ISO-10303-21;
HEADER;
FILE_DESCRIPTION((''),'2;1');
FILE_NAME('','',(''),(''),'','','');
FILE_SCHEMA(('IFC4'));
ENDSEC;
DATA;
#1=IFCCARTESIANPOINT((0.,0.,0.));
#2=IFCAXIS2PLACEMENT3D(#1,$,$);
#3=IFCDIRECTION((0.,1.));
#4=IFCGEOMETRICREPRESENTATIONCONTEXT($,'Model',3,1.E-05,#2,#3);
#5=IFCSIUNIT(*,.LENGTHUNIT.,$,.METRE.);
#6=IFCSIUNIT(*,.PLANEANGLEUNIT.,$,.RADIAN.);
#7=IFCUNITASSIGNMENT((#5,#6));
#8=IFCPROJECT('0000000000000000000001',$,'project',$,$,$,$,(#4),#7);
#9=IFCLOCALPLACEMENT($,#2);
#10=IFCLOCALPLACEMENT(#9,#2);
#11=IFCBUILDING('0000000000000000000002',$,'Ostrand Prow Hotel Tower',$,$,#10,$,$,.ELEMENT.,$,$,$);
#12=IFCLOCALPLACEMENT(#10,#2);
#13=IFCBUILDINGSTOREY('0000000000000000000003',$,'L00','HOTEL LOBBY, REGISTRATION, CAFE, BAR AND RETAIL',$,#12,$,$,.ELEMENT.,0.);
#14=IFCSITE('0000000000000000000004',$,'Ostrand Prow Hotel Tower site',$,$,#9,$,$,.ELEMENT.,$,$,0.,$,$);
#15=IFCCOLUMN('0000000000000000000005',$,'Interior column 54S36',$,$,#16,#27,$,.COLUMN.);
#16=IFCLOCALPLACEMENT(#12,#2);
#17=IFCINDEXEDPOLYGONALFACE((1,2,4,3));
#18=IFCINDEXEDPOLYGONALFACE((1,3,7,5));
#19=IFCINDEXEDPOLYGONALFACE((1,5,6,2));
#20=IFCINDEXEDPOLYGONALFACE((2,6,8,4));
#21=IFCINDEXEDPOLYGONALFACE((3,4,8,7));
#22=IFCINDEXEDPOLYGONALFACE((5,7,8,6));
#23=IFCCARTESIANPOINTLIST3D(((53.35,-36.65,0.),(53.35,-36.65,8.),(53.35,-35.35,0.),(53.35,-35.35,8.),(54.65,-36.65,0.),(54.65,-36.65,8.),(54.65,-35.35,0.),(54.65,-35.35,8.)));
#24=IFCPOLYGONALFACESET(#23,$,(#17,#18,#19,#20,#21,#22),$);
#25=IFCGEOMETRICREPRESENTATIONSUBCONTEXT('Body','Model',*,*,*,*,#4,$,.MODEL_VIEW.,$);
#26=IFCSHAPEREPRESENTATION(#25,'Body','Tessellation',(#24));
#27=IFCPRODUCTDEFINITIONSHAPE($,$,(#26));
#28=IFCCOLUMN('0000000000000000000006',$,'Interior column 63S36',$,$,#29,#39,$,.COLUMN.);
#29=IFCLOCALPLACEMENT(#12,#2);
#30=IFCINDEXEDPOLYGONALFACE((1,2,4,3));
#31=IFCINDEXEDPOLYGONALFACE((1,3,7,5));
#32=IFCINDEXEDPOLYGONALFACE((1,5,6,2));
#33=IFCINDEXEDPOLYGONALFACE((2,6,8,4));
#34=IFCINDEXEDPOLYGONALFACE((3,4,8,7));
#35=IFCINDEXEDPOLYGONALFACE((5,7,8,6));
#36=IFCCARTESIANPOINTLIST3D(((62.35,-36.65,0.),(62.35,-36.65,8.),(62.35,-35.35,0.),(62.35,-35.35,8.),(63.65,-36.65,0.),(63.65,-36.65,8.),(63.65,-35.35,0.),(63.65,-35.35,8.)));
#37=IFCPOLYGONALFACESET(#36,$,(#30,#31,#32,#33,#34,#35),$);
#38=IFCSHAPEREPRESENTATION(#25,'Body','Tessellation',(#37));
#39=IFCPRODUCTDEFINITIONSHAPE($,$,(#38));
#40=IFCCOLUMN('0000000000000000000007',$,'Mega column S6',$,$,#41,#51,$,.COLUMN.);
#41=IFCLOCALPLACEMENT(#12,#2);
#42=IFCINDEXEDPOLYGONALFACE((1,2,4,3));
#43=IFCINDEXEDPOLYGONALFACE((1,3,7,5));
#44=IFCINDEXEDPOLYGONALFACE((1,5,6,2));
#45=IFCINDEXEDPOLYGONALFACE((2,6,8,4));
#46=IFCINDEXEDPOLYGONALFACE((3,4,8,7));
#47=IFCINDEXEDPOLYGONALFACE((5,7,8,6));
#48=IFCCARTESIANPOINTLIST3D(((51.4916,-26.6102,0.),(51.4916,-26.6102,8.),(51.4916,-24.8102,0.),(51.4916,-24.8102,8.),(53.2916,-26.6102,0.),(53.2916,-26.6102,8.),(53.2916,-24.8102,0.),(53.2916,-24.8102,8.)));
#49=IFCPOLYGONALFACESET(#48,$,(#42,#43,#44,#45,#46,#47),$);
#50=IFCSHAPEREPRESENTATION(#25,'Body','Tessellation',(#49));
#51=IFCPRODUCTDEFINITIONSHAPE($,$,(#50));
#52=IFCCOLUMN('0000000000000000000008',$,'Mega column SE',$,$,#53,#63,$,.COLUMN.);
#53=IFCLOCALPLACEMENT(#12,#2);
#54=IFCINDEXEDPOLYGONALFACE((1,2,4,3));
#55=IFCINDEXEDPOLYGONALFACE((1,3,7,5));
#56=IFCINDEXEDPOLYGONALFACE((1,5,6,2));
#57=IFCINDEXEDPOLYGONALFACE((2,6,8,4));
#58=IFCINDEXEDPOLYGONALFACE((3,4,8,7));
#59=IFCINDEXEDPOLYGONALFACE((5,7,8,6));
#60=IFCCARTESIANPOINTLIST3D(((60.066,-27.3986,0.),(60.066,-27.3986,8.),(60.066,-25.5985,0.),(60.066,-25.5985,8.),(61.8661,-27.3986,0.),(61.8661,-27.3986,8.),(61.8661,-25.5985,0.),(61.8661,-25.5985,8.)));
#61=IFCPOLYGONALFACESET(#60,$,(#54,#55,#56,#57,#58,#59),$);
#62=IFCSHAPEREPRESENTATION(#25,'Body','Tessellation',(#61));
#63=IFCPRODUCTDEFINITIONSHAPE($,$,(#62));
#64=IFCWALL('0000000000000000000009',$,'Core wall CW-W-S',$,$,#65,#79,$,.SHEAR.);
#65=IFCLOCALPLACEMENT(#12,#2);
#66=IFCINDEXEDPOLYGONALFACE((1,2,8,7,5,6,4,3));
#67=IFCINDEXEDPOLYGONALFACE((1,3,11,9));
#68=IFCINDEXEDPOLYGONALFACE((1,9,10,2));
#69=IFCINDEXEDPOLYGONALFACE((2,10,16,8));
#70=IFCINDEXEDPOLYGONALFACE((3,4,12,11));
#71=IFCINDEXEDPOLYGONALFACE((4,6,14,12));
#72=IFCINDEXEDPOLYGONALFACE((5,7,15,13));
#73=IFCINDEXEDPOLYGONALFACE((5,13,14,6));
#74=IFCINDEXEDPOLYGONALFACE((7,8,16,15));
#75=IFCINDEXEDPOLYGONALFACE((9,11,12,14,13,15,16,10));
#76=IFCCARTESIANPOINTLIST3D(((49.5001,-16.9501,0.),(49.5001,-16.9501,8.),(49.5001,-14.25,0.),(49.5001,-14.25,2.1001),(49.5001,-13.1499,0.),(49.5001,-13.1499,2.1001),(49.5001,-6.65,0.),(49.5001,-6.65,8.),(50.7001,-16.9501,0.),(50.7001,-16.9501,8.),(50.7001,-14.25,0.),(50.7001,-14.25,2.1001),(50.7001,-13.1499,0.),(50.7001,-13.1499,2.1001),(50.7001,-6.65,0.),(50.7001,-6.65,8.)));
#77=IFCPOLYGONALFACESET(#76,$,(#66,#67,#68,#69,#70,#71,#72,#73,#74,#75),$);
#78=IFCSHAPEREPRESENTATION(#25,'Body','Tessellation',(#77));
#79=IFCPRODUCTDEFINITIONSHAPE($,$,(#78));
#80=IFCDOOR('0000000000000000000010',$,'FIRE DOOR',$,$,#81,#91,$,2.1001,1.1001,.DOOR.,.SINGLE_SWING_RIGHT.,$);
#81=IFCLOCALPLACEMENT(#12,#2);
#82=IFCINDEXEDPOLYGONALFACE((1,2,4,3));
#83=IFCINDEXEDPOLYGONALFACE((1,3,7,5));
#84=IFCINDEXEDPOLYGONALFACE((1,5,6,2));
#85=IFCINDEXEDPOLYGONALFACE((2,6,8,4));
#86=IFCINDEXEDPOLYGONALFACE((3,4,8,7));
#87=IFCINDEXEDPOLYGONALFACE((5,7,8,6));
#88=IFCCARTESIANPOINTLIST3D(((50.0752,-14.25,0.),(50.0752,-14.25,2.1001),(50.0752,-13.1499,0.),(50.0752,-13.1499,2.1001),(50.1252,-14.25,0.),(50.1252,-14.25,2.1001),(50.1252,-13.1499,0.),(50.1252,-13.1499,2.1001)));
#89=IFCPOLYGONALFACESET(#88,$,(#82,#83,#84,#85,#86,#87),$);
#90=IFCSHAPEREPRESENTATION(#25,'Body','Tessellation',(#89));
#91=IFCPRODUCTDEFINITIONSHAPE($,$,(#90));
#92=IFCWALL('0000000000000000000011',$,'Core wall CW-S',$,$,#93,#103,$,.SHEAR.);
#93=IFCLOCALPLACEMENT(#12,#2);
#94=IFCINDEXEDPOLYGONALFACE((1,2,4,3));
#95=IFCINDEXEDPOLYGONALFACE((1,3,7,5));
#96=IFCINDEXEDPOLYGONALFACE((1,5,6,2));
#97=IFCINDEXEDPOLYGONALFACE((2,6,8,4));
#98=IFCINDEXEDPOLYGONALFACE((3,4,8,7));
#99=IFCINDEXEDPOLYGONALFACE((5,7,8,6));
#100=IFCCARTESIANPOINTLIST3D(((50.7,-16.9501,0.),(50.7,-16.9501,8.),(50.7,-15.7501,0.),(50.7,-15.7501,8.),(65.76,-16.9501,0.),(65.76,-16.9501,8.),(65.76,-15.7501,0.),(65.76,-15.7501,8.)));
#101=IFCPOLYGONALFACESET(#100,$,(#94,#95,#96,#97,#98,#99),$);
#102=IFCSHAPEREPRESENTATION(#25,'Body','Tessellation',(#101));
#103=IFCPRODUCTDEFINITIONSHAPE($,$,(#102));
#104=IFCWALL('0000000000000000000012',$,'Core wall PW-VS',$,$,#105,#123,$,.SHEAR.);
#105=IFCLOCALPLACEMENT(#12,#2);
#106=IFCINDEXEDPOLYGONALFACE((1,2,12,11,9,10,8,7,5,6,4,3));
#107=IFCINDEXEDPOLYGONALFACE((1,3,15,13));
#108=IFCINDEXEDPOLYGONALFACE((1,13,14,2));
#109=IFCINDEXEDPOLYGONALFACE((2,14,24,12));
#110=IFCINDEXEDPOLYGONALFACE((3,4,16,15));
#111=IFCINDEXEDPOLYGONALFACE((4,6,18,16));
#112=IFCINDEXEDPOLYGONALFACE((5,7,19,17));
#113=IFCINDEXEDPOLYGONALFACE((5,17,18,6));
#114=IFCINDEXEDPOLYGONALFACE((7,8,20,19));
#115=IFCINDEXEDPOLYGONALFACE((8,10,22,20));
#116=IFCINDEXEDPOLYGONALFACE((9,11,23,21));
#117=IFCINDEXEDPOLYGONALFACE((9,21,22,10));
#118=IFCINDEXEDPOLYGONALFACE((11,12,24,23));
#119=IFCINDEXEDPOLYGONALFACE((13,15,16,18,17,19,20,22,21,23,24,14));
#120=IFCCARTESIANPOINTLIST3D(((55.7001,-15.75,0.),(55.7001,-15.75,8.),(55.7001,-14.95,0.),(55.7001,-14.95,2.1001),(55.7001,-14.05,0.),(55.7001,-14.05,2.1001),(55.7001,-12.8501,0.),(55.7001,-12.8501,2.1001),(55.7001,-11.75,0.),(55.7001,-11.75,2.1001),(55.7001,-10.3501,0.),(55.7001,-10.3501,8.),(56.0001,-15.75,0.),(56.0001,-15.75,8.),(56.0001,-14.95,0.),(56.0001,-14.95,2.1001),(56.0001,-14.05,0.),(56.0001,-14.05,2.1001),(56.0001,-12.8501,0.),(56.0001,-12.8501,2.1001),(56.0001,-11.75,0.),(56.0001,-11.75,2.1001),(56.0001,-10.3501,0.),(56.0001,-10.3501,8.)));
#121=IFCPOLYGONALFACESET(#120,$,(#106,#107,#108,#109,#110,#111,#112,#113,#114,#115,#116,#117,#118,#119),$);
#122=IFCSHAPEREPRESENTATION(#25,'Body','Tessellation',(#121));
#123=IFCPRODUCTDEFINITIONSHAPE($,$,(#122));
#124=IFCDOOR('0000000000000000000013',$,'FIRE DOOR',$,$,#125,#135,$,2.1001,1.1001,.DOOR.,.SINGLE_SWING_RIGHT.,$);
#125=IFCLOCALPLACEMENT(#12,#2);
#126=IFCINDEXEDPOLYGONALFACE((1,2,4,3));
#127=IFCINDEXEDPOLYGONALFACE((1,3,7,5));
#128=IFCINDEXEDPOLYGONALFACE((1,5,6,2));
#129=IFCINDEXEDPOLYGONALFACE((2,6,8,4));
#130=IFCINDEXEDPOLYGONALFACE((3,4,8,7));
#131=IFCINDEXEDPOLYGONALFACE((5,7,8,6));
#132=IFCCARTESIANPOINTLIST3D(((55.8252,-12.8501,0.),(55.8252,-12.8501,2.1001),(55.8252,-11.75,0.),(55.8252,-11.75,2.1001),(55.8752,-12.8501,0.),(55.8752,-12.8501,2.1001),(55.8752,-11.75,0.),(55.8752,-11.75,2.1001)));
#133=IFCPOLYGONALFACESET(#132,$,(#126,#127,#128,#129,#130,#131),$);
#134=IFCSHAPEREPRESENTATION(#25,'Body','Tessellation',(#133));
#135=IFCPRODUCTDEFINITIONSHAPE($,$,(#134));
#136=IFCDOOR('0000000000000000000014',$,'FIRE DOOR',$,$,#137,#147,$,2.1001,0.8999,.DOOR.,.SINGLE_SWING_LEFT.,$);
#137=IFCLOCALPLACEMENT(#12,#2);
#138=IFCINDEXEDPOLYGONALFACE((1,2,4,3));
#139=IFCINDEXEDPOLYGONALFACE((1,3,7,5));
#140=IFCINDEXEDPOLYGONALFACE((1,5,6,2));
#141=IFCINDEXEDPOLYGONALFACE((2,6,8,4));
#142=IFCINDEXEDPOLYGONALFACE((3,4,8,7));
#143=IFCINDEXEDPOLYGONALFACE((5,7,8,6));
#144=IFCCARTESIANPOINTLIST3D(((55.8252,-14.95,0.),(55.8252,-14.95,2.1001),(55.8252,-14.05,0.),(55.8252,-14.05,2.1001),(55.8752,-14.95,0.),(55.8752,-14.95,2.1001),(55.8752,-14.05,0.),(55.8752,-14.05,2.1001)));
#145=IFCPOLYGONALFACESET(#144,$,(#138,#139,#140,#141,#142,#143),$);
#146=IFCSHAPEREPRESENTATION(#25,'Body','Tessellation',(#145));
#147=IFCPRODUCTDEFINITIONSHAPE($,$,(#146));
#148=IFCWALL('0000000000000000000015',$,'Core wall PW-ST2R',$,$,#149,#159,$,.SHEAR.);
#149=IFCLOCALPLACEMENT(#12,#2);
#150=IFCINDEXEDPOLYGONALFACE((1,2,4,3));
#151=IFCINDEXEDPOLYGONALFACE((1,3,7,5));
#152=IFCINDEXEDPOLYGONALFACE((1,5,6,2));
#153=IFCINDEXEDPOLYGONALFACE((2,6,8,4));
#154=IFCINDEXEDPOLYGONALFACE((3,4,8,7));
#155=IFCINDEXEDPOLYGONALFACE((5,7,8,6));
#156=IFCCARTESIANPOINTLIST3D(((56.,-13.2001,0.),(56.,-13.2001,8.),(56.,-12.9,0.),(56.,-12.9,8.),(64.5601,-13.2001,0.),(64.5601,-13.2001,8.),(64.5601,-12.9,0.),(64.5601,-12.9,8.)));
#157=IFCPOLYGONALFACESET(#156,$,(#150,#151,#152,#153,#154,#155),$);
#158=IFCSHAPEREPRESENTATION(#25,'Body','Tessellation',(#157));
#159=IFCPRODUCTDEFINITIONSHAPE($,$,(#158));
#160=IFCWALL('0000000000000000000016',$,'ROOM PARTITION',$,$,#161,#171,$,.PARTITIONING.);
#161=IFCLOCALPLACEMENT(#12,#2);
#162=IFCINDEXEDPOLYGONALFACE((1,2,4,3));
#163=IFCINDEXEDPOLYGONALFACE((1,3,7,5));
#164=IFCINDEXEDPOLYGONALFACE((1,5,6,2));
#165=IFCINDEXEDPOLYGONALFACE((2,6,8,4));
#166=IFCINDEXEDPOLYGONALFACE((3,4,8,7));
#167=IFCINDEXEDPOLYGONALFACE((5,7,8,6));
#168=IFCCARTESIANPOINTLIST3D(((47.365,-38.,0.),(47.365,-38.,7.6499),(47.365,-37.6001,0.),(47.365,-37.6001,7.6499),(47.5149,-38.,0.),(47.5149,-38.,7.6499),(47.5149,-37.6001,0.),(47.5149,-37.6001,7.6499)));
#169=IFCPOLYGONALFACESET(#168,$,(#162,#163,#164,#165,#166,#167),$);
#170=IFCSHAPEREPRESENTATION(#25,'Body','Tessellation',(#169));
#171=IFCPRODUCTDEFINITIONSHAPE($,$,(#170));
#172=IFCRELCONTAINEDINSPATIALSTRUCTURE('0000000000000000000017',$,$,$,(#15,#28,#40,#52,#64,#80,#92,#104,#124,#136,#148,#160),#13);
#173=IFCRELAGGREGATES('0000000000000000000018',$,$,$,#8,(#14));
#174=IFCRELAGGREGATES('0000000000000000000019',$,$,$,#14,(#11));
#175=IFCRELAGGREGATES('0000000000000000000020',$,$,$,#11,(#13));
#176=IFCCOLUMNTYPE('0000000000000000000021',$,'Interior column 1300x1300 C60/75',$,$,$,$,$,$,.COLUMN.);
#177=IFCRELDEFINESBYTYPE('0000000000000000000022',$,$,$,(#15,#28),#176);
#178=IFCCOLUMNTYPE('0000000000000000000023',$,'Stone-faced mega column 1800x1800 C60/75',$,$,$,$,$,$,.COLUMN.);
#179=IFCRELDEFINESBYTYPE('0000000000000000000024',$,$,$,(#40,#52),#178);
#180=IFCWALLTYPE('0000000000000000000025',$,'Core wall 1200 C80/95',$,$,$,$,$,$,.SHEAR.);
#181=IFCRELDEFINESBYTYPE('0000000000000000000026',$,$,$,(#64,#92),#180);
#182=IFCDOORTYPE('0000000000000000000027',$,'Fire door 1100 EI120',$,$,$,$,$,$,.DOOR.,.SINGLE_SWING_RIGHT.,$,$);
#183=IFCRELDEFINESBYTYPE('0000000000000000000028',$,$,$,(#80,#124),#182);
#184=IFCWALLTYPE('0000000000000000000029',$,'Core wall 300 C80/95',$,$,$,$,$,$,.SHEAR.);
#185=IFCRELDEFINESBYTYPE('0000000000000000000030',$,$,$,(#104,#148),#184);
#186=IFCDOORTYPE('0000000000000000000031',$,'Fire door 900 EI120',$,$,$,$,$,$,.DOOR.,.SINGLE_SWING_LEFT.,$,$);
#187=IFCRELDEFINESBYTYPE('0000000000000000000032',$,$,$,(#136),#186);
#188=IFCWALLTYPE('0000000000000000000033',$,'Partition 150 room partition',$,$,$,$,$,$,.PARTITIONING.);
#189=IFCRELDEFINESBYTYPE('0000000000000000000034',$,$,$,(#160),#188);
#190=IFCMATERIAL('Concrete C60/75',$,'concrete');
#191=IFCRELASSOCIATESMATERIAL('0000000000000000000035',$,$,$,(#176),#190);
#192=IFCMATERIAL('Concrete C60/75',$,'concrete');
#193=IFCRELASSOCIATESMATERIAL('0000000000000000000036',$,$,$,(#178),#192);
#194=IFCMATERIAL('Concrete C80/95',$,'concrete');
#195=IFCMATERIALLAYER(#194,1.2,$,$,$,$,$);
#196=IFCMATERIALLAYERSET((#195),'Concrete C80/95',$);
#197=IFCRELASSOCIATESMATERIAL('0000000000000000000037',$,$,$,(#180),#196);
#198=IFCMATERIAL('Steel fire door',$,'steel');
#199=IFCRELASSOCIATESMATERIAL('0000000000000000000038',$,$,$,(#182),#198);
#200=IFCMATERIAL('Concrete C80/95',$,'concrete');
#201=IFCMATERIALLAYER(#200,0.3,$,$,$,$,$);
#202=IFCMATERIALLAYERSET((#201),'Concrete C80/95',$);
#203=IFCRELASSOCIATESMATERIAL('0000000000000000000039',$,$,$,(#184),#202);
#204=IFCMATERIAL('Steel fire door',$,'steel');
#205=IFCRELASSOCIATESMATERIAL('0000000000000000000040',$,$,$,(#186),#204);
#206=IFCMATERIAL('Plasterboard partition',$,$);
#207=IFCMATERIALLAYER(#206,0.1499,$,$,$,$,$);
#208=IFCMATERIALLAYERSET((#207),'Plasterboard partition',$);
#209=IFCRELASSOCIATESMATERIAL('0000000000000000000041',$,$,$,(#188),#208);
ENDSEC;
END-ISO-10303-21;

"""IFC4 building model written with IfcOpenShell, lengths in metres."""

from ifc_helpers import new_model, si_unit, direction, frame, frame_2d, origin, origin_2d, place, context, subcontext, project, spatial, rectangle, extrude, material, layer, layer_set, material_profile, profile_set, type_object, element, fill, save


model = new_model("IFC4")

# Units and contexts
model_context = context("Model", 3, precision=1e-05, world=origin(), true_north=direction((0.0, 1.0)))
body_context = subcontext(model_context, "Body", "Model", "MODEL_VIEW")
ifc_project = project(units=[si_unit("LENGTHUNIT", "METRE"), si_unit("PLANEANGLEUNIT", "RADIAN")], contexts=[model_context])

# Site, building, storey
site_placement = place(None, origin())
site = spatial("IfcSite", under=ifc_project, at=site_placement, Name="Ostrand Prow Hotel Tower site", CompositionType="ELEMENT", RefElevation=0.0)
building_placement = place(site_placement, origin())
building = spatial("IfcBuilding", under=site, at=building_placement, Name="Ostrand Prow Hotel Tower", CompositionType="ELEMENT")
storey_placement = place(building_placement, origin())
storey = spatial("IfcBuildingStorey", under=building, at=storey_placement, Name="L00", Description="HOTEL LOBBY, REGISTRATION, CAFE, BAR AND RETAIL", CompositionType="ELEMENT", Elevation=0.0)

# Columns
ifc_material_1 = material(Name="Concrete C60/75", Category="concrete")
ifc_material_profile_1 = material_profile(ifc_material_1, rectangle(XDim=1.3, YDim=1.3, at=origin_2d()), Name="RC 1300x1300")
ifc_profile_set_1 = profile_set([ifc_material_profile_1], Name="Concrete C60/75")
column_type_1 = type_object("IfcColumnType", Name="Interior column 1300x1300 C60/75", PredefinedType="COLUMN", material=ifc_profile_set_1)
for number, where, z_axis, x_axis, name in (
    (1, (54.0, -36.0, 0.0), (0.0, 0.0, 1.0), (1.0, 0.0, 0.0), "Interior column 54S36"),
    (2, (63.0, -36.0, 0.0), (0.0, 0.0, 1.0), (1.0, 0.0, 0.0), "Interior column 63S36"),
):
    element("IfcColumn", number, at=place(storey_placement, frame(where, z_axis=z_axis, x_axis=x_axis)), inside=storey, type_object=column_type_1, Name=name, PredefinedType="COLUMN", context=body_context, shape_type="SweptSolid", body=[
        extrude(rectangle(XDim=1.3, YDim=1.3, at=origin_2d()), origin(), (0.0, 0.0, 1.0), 8.0),
    ])
ifc_material_2 = material(Name="Concrete C60/75", Category="concrete")
ifc_material_profile_2 = material_profile(ifc_material_2, rectangle(XDim=1.8, YDim=1.8, at=origin_2d()), Name="RC 1800x1800")
ifc_profile_set_2 = profile_set([ifc_material_profile_2], Name="Concrete C60/75")
column_type_2 = type_object("IfcColumnType", Name="Stone-faced mega column 1800x1800 C60/75", PredefinedType="COLUMN", material=ifc_profile_set_2)
for number, where, z_axis, x_axis, name in (
    (3, (52.3916, -25.7102, 0.0), (0.0, 0.0, 1.0), (1.0, 0.0, 0.0), "Mega column S6"),
    (4, (60.9661, -26.4985, 0.0), (0.0, 0.0, 1.0), (1.0, 0.0, 0.0), "Mega column SE"),
):
    element("IfcColumn", number, at=place(storey_placement, frame(where, z_axis=z_axis, x_axis=x_axis)), inside=storey, type_object=column_type_2, Name=name, PredefinedType="COLUMN", context=body_context, shape_type="SweptSolid", body=[
        extrude(rectangle(XDim=1.8, YDim=1.8, at=origin_2d()), origin(), (0.0, 0.0, 1.0), 8.0),
    ])

# Wall, opening, door
ifc_material_3 = material(Name="Concrete C80/95", Category="concrete")
ifc_layer_1 = layer(ifc_material_3, 1.2)
ifc_layer_set_1 = layer_set([ifc_layer_1], Name="Concrete C80/95")
wall_type_1 = type_object("IfcWallType", Name="Core wall 1200 C80/95", PredefinedType="SHEAR", material=ifc_layer_set_1)
wall_1_placement = place(storey_placement, frame((50.1001, -16.95, 0.0), z_axis=(0.0, 0.0, 1.0), x_axis=(0.0, 1.0, 0.0)))
wall_1 = element("IfcWall", 5, at=wall_1_placement, inside=storey, type_object=wall_type_1, Name="Core wall CW-W-S", PredefinedType="SHEAR", context=body_context, shape_type="SweptSolid", body=[
    extrude(rectangle(XDim=10.3, YDim=1.2, at=frame_2d((5.1499, 0.0))), origin(), (0.0, 0.0, 1.0), 8.0),
])
opening_1_placement = place(wall_1_placement, frame((2.7, 0.0, 0.0)))
opening_1 = element("IfcOpeningElement", 6, at=opening_1_placement, cuts=wall_1, PredefinedType="OPENING", context=body_context, shape_type="SweptSolid", body=[
    extrude(rectangle(XDim=1.1001, YDim=2.1001, at=frame_2d((0.55, 1.05))), frame((0.0, 0.6099, 0.0), z_axis=(0.0, -1.0, 0.0), x_axis=(1.0, 0.0, 0.0)), (0.0, 0.0, 1.0), 1.22),
])
ifc_material_4 = material(Name="Steel fire door", Category="steel")
door_type_1 = type_object("IfcDoorType", Name="Fire door 1100 EI120", OperationType="SINGLE_SWING_RIGHT", PredefinedType="DOOR", material=ifc_material_4)
door_1_placement = place(opening_1_placement, origin())
door_1 = element("IfcDoor", 7, at=door_1_placement, inside=storey, type_object=door_type_1, Name="FIRE DOOR", OperationType="SINGLE_SWING_RIGHT", OverallHeight=2.1001, OverallWidth=1.1001, PredefinedType="DOOR", context=body_context, shape_type="SweptSolid", body=[
    extrude(rectangle(XDim=1.1001, YDim=2.1001, at=frame_2d((0.55, 1.05))), frame((0.0, 0.0249, 0.0), z_axis=(0.0, -1.0, 0.0), x_axis=(1.0, 0.0, 0.0)), (0.0, 0.0, 1.0), 0.05),
])
fill(opening_1, door_1)

# Wall
wall_2_placement = place(storey_placement, frame((50.7, -16.3501, 0.0), z_axis=(0.0, 0.0, 1.0), x_axis=(1.0, 0.0, 0.0)))
element("IfcWall", 8, at=wall_2_placement, inside=storey, type_object=wall_type_1, Name="Core wall CW-S", PredefinedType="SHEAR", context=body_context, shape_type="SweptSolid", body=[
    extrude(rectangle(XDim=15.0601, YDim=1.2, at=frame_2d((7.53, 0.0))), origin(), (0.0, 0.0, 1.0), 8.0),
])

# Wall, openings, doors
ifc_material_5 = material(Name="Concrete C80/95", Category="concrete")
ifc_layer_2 = layer(ifc_material_5, 0.3)
ifc_layer_set_2 = layer_set([ifc_layer_2], Name="Concrete C80/95")
wall_type_2 = type_object("IfcWallType", Name="Core wall 300 C80/95", PredefinedType="SHEAR", material=ifc_layer_set_2)
wall_3_placement = place(storey_placement, frame((55.8501, -15.75, 0.0), z_axis=(0.0, 0.0, 1.0), x_axis=(0.0, 1.0, 0.0)))
wall_3 = element("IfcWall", 9, at=wall_3_placement, inside=storey, type_object=wall_type_2, Name="Core wall PW-VS", PredefinedType="SHEAR", context=body_context, shape_type="SweptSolid", body=[
    extrude(rectangle(XDim=5.3999, YDim=0.3, at=frame_2d((2.7, 0.0))), origin(), (0.0, 0.0, 1.0), 8.0),
])
opening_2_placement = place(wall_3_placement, frame((2.8999, 0.0, 0.0)))
opening_2 = element("IfcOpeningElement", 10, at=opening_2_placement, cuts=wall_3, PredefinedType="OPENING", context=body_context, shape_type="SweptSolid", body=[
    extrude(rectangle(XDim=1.1001, YDim=2.1001, at=frame_2d((0.55, 1.05))), frame((0.0, 0.1599, 0.0), z_axis=(0.0, -1.0, 0.0), x_axis=(1.0, 0.0, 0.0)), (0.0, 0.0, 1.0), 0.3201),
])
opening_3_placement = place(wall_3_placement, frame((0.8, 0.0, 0.0)))
opening_3 = element("IfcOpeningElement", 11, at=opening_3_placement, cuts=wall_3, PredefinedType="OPENING", context=body_context, shape_type="SweptSolid", body=[
    extrude(rectangle(XDim=0.8999, YDim=2.1001, at=frame_2d((0.45, 1.05))), frame((0.0, 0.1599, 0.0), z_axis=(0.0, -1.0, 0.0), x_axis=(1.0, 0.0, 0.0)), (0.0, 0.0, 1.0), 0.3201),
])
door_2_placement = place(opening_2_placement, origin())
door_2 = element("IfcDoor", 12, at=door_2_placement, inside=storey, type_object=door_type_1, Name="FIRE DOOR", OperationType="SINGLE_SWING_RIGHT", OverallHeight=2.1001, OverallWidth=1.1001, PredefinedType="DOOR", context=body_context, shape_type="SweptSolid", body=[
    extrude(rectangle(XDim=1.1001, YDim=2.1001, at=frame_2d((0.55, 1.05))), frame((0.0, 0.0249, 0.0), z_axis=(0.0, -1.0, 0.0), x_axis=(1.0, 0.0, 0.0)), (0.0, 0.0, 1.0), 0.05),
])
fill(opening_2, door_2)
ifc_material_6 = material(Name="Steel fire door", Category="steel")
door_type_2 = type_object("IfcDoorType", Name="Fire door 900 EI120", OperationType="SINGLE_SWING_LEFT", PredefinedType="DOOR", material=ifc_material_6)
door_3_placement = place(opening_3_placement, origin())
door_3 = element("IfcDoor", 13, at=door_3_placement, inside=storey, type_object=door_type_2, Name="FIRE DOOR", OperationType="SINGLE_SWING_LEFT", OverallHeight=2.1001, OverallWidth=0.8999, PredefinedType="DOOR", context=body_context, shape_type="SweptSolid", body=[
    extrude(rectangle(XDim=0.8999, YDim=2.1001, at=frame_2d((0.45, 1.05))), frame((0.0, 0.0249, 0.0), z_axis=(0.0, -1.0, 0.0), x_axis=(1.0, 0.0, 0.0)), (0.0, 0.0, 1.0), 0.05),
])
fill(opening_3, door_3)

# Walls
wall_4_placement = place(storey_placement, frame((56.0, -13.05, 0.0), z_axis=(0.0, 0.0, 1.0), x_axis=(1.0, 0.0, 0.0)))
element("IfcWall", 14, at=wall_4_placement, inside=storey, type_object=wall_type_2, Name="Core wall PW-ST2R", PredefinedType="SHEAR", context=body_context, shape_type="SweptSolid", body=[
    extrude(rectangle(XDim=8.5601, YDim=0.3, at=frame_2d((4.28, 0.0))), origin(), (0.0, 0.0, 1.0), 8.0),
])
ifc_material_7 = material(Name="Plasterboard partition")
ifc_layer_3 = layer(ifc_material_7, 0.1499)
ifc_layer_set_3 = layer_set([ifc_layer_3], Name="Plasterboard partition")
wall_type_3 = type_object("IfcWallType", Name="Partition 150 room partition", PredefinedType="PARTITIONING", material=ifc_layer_set_3)
wall_5_placement = place(storey_placement, frame((47.4399, -38.0, 0.0), z_axis=(0.0, 0.0, 1.0), x_axis=(0.0, 1.0, 0.0)))
element("IfcWall", 15, at=wall_5_placement, inside=storey, type_object=wall_type_3, Name="ROOM PARTITION", PredefinedType="PARTITIONING", context=body_context, shape_type="SweptSolid", body=[
    extrude(rectangle(XDim=0.3999, YDim=0.1499, at=frame_2d((0.2, 0.0))), origin(), (0.0, 0.0, 1.0), 7.6499),
])

save(model, "model.ifc")
